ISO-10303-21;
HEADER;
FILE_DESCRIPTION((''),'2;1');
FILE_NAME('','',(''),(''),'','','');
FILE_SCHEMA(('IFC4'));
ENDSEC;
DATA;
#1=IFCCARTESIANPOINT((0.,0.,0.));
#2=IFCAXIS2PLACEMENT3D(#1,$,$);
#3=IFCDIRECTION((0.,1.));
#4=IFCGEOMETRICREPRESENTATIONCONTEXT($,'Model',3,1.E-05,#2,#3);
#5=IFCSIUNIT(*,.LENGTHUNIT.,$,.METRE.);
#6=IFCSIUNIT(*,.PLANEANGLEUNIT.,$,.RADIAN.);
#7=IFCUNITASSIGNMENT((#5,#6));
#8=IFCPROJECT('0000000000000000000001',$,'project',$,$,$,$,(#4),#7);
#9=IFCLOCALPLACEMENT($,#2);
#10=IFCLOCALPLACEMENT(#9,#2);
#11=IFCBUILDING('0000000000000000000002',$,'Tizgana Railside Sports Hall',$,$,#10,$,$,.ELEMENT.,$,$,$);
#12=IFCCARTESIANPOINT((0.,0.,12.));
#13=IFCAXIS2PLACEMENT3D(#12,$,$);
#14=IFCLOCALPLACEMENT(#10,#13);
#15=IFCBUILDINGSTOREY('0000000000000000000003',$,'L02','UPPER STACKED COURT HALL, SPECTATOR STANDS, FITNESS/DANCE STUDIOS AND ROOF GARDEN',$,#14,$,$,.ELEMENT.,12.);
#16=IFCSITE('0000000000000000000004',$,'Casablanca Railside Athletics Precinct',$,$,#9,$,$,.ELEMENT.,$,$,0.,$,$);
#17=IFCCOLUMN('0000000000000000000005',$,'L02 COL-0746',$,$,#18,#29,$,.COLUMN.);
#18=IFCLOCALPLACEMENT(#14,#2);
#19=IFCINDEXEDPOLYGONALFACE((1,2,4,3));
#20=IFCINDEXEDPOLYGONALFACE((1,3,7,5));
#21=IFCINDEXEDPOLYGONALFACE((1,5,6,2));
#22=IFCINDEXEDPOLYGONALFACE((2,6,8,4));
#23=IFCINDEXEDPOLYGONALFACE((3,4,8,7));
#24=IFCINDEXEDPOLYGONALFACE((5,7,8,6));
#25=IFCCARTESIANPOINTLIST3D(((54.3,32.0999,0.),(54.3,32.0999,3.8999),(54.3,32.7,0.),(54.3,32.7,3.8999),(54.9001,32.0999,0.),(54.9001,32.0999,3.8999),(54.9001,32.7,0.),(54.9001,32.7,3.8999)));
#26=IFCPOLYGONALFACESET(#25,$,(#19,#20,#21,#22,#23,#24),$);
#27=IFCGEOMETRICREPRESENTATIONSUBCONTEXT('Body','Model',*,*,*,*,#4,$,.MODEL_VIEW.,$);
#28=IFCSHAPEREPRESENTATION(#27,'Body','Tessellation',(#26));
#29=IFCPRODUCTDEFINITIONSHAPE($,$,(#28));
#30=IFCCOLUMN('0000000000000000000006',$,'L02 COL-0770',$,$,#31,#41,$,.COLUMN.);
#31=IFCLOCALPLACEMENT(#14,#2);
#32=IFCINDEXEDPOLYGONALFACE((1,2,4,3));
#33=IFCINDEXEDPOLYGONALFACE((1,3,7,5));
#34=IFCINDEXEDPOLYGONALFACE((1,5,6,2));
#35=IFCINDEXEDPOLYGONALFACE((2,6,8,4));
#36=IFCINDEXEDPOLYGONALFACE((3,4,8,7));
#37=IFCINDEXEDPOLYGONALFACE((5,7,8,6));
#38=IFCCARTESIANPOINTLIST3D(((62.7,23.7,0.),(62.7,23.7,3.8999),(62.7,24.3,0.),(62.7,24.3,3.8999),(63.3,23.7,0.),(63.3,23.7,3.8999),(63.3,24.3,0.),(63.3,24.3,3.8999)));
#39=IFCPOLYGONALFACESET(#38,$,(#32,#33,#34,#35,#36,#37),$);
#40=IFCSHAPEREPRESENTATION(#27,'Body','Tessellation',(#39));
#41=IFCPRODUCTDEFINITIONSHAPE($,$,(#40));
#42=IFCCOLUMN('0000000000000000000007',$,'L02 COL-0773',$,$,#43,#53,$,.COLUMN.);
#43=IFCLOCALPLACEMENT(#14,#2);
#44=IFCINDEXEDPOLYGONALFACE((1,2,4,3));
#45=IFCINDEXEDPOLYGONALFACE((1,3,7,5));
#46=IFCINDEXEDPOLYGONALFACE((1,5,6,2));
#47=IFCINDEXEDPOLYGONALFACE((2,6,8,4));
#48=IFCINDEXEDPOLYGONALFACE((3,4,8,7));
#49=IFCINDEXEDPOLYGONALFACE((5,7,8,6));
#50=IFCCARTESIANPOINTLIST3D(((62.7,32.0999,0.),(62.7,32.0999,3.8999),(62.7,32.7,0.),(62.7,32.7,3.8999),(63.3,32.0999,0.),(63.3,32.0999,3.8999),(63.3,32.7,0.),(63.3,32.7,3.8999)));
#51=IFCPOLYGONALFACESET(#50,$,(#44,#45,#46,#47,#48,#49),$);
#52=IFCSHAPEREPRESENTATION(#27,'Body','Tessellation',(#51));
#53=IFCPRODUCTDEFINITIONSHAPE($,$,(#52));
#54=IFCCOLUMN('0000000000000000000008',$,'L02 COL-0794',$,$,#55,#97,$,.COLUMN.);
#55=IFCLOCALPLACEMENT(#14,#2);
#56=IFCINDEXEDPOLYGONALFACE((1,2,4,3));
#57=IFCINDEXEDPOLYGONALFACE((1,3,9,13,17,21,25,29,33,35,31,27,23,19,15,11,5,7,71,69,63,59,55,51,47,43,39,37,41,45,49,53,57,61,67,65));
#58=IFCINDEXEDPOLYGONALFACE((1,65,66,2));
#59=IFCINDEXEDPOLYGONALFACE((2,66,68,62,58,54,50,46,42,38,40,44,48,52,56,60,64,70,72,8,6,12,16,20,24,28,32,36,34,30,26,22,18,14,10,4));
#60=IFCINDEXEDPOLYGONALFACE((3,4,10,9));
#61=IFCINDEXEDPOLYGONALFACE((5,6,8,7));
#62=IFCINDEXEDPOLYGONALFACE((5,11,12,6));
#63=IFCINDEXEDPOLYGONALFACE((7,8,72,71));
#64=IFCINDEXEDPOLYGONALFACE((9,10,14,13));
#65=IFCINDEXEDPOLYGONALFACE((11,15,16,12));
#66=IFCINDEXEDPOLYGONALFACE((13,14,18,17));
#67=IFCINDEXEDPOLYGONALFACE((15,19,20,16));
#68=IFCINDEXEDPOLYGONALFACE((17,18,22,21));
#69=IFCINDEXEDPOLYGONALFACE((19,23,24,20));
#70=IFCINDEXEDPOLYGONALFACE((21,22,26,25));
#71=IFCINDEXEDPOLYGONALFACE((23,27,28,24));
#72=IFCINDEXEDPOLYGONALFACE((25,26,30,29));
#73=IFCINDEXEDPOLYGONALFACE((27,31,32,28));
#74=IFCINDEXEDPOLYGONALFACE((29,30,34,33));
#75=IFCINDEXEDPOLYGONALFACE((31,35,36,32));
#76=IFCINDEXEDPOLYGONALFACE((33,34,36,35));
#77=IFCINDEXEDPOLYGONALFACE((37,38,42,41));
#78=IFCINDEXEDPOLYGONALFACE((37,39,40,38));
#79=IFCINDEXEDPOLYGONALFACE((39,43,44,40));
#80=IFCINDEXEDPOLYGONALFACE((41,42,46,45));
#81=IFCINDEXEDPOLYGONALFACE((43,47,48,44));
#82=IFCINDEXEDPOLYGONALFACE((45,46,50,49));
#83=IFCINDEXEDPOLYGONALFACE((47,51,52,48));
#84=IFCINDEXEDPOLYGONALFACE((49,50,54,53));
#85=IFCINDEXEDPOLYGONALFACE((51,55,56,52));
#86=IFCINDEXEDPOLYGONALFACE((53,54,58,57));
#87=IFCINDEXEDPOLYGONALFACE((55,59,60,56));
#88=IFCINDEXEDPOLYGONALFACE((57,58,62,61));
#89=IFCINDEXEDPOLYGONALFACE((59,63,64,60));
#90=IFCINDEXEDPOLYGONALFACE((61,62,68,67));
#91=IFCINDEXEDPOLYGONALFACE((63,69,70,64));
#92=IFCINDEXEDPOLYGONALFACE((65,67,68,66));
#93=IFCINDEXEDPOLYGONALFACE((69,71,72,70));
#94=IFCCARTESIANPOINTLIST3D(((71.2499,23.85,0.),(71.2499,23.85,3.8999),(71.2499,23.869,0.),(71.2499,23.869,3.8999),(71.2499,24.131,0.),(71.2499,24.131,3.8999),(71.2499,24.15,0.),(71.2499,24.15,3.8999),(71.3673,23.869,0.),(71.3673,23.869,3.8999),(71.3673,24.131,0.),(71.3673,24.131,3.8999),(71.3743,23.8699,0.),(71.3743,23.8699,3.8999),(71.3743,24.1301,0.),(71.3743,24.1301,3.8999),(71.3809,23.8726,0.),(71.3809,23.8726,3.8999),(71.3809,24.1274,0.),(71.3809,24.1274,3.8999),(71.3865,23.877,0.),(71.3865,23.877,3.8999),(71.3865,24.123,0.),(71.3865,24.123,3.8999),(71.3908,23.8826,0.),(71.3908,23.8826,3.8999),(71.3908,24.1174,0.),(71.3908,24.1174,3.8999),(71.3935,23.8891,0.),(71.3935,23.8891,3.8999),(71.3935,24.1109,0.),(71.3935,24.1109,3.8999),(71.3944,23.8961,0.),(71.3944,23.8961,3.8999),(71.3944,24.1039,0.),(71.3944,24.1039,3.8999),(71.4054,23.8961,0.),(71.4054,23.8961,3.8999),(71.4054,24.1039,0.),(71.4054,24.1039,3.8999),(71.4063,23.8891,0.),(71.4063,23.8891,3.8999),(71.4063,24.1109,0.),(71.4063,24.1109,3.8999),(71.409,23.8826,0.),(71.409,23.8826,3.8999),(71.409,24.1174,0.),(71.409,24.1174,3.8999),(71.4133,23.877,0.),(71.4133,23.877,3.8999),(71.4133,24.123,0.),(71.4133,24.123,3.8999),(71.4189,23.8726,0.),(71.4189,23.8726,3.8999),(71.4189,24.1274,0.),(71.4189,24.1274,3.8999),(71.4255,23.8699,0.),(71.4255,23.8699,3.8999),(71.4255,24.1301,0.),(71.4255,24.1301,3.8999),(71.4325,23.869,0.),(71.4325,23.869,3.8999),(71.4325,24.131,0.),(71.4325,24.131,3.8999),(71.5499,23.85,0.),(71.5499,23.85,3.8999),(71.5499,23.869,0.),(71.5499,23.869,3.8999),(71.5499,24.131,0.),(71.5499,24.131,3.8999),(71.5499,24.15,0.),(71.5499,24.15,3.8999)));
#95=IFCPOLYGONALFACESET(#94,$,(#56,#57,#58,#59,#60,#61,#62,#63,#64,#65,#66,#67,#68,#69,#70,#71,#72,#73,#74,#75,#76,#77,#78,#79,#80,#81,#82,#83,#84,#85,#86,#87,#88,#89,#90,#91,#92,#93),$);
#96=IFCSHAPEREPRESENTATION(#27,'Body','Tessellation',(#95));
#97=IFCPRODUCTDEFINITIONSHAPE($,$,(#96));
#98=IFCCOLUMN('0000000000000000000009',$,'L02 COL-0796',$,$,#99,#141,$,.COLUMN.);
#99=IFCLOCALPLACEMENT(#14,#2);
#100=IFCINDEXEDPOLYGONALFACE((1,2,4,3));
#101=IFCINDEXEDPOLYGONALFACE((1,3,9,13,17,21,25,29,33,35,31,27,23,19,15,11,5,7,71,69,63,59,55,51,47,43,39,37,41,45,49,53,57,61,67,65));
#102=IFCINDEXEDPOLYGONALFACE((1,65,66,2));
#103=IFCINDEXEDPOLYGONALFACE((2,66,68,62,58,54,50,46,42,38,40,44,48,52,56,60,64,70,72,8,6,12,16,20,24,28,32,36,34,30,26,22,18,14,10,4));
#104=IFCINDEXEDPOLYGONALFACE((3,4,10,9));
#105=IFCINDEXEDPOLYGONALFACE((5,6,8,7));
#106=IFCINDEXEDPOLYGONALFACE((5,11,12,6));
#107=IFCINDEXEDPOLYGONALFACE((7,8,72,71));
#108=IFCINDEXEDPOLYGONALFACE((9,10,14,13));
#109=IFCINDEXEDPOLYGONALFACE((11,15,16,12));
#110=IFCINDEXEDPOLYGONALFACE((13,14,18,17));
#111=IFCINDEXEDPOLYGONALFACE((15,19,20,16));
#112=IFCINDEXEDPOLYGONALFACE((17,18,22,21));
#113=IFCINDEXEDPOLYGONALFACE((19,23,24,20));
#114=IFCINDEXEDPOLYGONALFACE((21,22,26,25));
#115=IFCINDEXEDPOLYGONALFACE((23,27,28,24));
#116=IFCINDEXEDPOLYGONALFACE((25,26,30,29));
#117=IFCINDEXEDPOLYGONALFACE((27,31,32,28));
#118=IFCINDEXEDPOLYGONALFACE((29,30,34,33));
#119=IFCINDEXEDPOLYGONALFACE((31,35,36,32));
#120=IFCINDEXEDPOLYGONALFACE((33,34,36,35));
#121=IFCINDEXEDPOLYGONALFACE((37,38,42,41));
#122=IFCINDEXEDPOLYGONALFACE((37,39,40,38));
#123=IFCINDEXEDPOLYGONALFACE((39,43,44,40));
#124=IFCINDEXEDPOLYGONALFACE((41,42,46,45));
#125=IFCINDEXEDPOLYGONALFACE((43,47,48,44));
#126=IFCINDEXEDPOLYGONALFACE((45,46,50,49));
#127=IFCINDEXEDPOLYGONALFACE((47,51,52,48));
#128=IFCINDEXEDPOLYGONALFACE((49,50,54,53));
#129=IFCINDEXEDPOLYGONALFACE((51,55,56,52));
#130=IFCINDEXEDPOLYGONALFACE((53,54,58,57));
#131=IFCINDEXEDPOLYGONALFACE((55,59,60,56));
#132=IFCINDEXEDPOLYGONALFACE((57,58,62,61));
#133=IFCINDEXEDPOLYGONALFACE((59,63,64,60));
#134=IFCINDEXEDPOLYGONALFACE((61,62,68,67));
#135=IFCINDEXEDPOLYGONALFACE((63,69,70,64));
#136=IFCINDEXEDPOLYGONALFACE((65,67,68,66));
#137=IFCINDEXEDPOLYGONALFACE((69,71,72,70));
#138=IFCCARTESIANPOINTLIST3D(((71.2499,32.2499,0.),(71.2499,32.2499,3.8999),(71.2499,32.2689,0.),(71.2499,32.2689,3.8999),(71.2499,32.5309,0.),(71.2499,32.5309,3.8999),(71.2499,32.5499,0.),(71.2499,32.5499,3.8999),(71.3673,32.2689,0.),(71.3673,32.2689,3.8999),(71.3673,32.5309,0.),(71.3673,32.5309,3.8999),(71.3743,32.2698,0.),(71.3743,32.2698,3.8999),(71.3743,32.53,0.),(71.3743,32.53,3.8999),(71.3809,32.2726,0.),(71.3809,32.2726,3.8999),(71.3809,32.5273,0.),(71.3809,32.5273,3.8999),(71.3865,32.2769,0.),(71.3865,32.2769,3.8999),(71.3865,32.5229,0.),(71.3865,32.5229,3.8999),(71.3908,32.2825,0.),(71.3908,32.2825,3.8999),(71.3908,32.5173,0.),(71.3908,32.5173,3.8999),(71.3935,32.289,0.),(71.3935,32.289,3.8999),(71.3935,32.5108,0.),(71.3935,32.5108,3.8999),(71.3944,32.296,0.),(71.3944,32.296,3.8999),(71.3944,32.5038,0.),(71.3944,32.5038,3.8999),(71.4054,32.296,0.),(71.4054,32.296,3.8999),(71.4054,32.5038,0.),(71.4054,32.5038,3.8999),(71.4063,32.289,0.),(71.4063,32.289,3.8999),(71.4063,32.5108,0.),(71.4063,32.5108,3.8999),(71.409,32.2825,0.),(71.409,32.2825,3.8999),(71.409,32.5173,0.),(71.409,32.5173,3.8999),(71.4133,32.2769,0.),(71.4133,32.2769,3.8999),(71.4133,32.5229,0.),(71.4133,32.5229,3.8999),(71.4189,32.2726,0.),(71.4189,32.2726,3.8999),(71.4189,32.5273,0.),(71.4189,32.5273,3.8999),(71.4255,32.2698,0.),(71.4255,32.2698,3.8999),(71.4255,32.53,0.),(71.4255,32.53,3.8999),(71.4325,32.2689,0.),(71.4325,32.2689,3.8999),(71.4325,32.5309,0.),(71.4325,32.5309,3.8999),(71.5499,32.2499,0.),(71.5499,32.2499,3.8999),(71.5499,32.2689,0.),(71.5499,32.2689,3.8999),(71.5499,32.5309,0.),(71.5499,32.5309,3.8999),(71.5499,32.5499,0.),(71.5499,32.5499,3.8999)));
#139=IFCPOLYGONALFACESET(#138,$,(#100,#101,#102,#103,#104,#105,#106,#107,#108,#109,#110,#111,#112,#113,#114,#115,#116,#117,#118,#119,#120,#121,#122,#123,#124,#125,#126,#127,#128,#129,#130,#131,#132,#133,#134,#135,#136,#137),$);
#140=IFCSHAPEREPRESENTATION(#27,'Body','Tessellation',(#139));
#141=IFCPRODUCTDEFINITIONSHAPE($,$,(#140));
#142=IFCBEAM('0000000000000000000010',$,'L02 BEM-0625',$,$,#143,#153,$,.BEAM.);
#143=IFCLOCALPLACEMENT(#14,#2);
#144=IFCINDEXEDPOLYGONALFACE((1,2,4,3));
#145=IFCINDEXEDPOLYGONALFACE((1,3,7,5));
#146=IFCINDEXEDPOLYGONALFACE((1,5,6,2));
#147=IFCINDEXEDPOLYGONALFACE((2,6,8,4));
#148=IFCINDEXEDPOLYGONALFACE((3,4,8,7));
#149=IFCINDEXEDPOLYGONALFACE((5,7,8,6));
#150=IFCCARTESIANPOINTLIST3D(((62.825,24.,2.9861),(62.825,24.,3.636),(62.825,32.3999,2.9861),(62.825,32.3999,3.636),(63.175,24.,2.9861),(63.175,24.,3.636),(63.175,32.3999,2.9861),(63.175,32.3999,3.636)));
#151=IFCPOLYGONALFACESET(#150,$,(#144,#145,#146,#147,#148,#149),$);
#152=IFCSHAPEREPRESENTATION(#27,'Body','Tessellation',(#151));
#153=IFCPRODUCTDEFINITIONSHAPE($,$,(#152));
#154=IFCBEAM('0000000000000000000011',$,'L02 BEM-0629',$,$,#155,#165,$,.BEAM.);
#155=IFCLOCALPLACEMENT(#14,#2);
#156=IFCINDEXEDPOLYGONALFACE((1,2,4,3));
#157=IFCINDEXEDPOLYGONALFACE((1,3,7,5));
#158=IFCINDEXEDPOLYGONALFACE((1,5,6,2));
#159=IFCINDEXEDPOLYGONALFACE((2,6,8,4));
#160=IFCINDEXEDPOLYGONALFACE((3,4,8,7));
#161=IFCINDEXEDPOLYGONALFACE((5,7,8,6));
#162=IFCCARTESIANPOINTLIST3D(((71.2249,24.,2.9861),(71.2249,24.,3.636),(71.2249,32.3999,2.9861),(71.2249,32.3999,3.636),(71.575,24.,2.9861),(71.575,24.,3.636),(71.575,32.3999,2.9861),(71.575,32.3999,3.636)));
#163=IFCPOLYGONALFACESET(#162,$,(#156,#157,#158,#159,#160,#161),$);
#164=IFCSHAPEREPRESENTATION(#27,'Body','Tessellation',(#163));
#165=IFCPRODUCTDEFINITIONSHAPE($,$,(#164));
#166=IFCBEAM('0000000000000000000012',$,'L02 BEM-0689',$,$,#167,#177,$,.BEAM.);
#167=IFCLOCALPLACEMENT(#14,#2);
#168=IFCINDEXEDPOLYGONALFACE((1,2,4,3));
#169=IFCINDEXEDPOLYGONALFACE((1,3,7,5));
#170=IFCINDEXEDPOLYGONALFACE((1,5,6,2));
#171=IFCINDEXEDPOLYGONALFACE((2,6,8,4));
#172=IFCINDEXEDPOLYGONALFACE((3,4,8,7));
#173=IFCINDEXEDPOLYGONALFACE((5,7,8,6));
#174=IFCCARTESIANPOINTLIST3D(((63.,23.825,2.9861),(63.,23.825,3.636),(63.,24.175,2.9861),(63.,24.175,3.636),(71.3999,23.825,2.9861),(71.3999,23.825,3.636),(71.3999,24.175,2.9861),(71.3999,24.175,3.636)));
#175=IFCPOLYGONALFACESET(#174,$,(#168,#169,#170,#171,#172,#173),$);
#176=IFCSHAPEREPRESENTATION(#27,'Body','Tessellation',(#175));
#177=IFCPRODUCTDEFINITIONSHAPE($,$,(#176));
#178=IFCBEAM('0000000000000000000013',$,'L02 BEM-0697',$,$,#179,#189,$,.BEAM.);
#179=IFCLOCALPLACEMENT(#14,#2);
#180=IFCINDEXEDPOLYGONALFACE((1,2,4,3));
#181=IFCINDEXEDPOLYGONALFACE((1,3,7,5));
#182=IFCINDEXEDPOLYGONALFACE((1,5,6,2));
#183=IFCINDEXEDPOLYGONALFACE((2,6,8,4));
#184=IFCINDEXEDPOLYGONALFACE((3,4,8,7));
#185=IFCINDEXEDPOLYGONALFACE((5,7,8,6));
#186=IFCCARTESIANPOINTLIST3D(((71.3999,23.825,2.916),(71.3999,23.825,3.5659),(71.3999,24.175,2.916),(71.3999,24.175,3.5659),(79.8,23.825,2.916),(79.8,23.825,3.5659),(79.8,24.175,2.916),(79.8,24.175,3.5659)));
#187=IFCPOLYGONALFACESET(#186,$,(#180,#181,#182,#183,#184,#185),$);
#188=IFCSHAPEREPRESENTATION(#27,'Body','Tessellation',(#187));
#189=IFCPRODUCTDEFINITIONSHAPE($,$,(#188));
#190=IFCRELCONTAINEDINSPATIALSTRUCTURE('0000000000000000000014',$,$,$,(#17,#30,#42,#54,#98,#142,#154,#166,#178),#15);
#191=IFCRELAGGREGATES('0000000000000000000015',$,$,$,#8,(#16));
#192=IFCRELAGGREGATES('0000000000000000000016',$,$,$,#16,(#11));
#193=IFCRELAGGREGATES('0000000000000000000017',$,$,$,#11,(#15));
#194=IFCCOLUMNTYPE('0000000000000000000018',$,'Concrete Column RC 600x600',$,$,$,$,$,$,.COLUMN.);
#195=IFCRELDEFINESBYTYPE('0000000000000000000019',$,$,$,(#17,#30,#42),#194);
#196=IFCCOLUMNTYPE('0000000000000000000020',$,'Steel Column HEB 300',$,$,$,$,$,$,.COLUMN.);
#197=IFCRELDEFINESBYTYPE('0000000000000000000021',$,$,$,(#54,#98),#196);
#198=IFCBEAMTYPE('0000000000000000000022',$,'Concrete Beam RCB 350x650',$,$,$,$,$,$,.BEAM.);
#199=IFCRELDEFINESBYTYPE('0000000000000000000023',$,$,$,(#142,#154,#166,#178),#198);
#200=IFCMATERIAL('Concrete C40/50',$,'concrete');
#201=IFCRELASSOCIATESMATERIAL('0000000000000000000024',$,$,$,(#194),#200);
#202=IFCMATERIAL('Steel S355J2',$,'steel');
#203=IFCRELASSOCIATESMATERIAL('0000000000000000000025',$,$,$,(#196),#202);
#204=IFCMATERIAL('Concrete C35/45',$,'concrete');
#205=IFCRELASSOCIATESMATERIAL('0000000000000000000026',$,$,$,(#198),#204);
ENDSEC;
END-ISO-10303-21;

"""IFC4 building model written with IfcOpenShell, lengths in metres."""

from ifc_helpers import new_model, si_unit, direction, frame, origin, origin_2d, place, context, subcontext, project, spatial, rectangle, i_section, extrude, material, material_profile, profile_set, type_object, element, save


model = new_model("IFC4")

# Units and contexts
model_context = context("Model", 3, precision=1e-05, world=origin(), true_north=direction((0.0, 1.0)))
body_context = subcontext(model_context, "Body", "Model", "MODEL_VIEW")
ifc_project = project(units=[si_unit("LENGTHUNIT", "METRE"), si_unit("PLANEANGLEUNIT", "RADIAN")], contexts=[model_context])

# Site, building, storey
site_placement = place(None, origin())
site = spatial("IfcSite", under=ifc_project, at=site_placement, Name="Casablanca Railside Athletics Precinct", CompositionType="ELEMENT", RefElevation=0.0)
building_placement = place(site_placement, origin())
building = spatial("IfcBuilding", under=site, at=building_placement, Name="Tizgana Railside Sports Hall", CompositionType="ELEMENT")
storey_placement = place(building_placement, frame((0.0, 0.0, 12.0)))
storey = spatial("IfcBuildingStorey", under=building, at=storey_placement, Name="L02", Description="UPPER STACKED COURT HALL, SPECTATOR STANDS, FITNESS/DANCE STUDIOS AND ROOF GARDEN", CompositionType="ELEMENT", Elevation=12.0)

# Columns
ifc_material_1 = material(Name="Concrete C40/50", Category="concrete")
ifc_material_profile_1 = material_profile(ifc_material_1, rectangle(XDim=0.6001, YDim=0.6001, at=origin_2d()), Name="RC 600x600")
ifc_profile_set_1 = profile_set([ifc_material_profile_1], Name="Concrete C40/50")
column_type_1 = type_object("IfcColumnType", Name="Concrete Column RC 600x600", PredefinedType="COLUMN", material=ifc_profile_set_1)
for number, where, z_axis, x_axis, name in (
    (1, (54.6001, 32.3999, 0.0), (0.0, 0.0, 1.0), (1.0, 0.0, 0.0), "L02 COL-0746"),
    (2, (63.0, 24.0, 0.0), (0.0, 0.0, 1.0), (1.0, 0.0, 0.0), "L02 COL-0770"),
    (3, (63.0, 32.3999, 0.0), (0.0, 0.0, 1.0), (1.0, 0.0, 0.0), "L02 COL-0773"),
):
    element("IfcColumn", number, at=place(storey_placement, frame(where, z_axis=z_axis, x_axis=x_axis)), inside=storey, type_object=column_type_1, Name=name, PredefinedType="COLUMN", context=body_context, shape_type="SweptSolid", body=[
        extrude(rectangle(XDim=0.6001, YDim=0.6001, at=origin_2d()), origin(), (0.0, 0.0, 1.0), 3.8999),
    ])
ifc_material_2 = material(Name="Steel S355J2", Category="steel")
ifc_material_profile_2 = material_profile(ifc_material_2, i_section(OverallWidth=0.3, OverallDepth=0.3, WebThickness=0.011, FlangeThickness=0.019, FilletRadius=0.0271, at=origin_2d()), Name="HEB 300")
ifc_profile_set_2 = profile_set([ifc_material_profile_2], Name="Steel S355J2")
column_type_2 = type_object("IfcColumnType", Name="Steel Column HEB 300", PredefinedType="COLUMN", material=ifc_profile_set_2)
for number, where, z_axis, x_axis, name in (
    (4, (71.3999, 24.0, 0.0), (0.0, 0.0, 1.0), (1.0, 0.0, 0.0), "L02 COL-0794"),
    (5, (71.3999, 32.3999, 0.0), (0.0, 0.0, 1.0), (1.0, 0.0, 0.0), "L02 COL-0796"),
):
    element("IfcColumn", number, at=place(storey_placement, frame(where, z_axis=z_axis, x_axis=x_axis)), inside=storey, type_object=column_type_2, Name=name, PredefinedType="COLUMN", context=body_context, shape_type="SweptSolid", body=[
        extrude(i_section(OverallWidth=0.3, OverallDepth=0.3, WebThickness=0.011, FlangeThickness=0.019, FilletRadius=0.0271, at=origin_2d()), origin(), (0.0, 0.0, 1.0), 3.8999),
    ])

# Beams
ifc_material_3 = material(Name="Concrete C35/45", Category="concrete")
ifc_material_profile_3 = material_profile(ifc_material_3, rectangle(XDim=0.3501, YDim=0.6499, at=origin_2d()), Name="RCB 350x650")
ifc_profile_set_3 = profile_set([ifc_material_profile_3], Name="Concrete C35/45")
beam_type_1 = type_object("IfcBeamType", Name="Concrete Beam RCB 350x650", PredefinedType="BEAM", material=ifc_profile_set_3)
for number, where, z_axis, x_axis, name in (
    (6, (63.0, 24.0, 3.311), (0.0, 1.0, 0.0), (-1.0, 0.0, 0.0), "L02 BEM-0625"),
    (7, (71.3999, 24.0, 3.311), (0.0, 1.0, 0.0), (-1.0, 0.0, 0.0), "L02 BEM-0629"),
    (8, (63.0, 24.0, 3.311), (1.0, 0.0, 0.0), (0.0, 1.0, 0.0), "L02 BEM-0689"),
):
    element("IfcBeam", number, at=place(storey_placement, frame(where, z_axis=z_axis, x_axis=x_axis)), inside=storey, type_object=beam_type_1, Name=name, PredefinedType="BEAM", context=body_context, shape_type="SweptSolid", body=[
        extrude(rectangle(XDim=0.3501, YDim=0.6499, at=origin_2d()), origin(), (0.0, 0.0, 1.0), 8.3999),
    ])
beam_1_placement = place(storey_placement, frame((71.3999, 24.0, 3.241), z_axis=(1.0, 0.0, 0.0), x_axis=(0.0, 1.0, 0.0)))
element("IfcBeam", 9, at=beam_1_placement, inside=storey, type_object=beam_type_1, Name="L02 BEM-0697", PredefinedType="BEAM", context=body_context, shape_type="SweptSolid", body=[
    extrude(rectangle(XDim=0.3501, YDim=0.6499, at=origin_2d()), origin(), (0.0, 0.0, 1.0), 8.4001),
])

save(model, "model.ifc")
